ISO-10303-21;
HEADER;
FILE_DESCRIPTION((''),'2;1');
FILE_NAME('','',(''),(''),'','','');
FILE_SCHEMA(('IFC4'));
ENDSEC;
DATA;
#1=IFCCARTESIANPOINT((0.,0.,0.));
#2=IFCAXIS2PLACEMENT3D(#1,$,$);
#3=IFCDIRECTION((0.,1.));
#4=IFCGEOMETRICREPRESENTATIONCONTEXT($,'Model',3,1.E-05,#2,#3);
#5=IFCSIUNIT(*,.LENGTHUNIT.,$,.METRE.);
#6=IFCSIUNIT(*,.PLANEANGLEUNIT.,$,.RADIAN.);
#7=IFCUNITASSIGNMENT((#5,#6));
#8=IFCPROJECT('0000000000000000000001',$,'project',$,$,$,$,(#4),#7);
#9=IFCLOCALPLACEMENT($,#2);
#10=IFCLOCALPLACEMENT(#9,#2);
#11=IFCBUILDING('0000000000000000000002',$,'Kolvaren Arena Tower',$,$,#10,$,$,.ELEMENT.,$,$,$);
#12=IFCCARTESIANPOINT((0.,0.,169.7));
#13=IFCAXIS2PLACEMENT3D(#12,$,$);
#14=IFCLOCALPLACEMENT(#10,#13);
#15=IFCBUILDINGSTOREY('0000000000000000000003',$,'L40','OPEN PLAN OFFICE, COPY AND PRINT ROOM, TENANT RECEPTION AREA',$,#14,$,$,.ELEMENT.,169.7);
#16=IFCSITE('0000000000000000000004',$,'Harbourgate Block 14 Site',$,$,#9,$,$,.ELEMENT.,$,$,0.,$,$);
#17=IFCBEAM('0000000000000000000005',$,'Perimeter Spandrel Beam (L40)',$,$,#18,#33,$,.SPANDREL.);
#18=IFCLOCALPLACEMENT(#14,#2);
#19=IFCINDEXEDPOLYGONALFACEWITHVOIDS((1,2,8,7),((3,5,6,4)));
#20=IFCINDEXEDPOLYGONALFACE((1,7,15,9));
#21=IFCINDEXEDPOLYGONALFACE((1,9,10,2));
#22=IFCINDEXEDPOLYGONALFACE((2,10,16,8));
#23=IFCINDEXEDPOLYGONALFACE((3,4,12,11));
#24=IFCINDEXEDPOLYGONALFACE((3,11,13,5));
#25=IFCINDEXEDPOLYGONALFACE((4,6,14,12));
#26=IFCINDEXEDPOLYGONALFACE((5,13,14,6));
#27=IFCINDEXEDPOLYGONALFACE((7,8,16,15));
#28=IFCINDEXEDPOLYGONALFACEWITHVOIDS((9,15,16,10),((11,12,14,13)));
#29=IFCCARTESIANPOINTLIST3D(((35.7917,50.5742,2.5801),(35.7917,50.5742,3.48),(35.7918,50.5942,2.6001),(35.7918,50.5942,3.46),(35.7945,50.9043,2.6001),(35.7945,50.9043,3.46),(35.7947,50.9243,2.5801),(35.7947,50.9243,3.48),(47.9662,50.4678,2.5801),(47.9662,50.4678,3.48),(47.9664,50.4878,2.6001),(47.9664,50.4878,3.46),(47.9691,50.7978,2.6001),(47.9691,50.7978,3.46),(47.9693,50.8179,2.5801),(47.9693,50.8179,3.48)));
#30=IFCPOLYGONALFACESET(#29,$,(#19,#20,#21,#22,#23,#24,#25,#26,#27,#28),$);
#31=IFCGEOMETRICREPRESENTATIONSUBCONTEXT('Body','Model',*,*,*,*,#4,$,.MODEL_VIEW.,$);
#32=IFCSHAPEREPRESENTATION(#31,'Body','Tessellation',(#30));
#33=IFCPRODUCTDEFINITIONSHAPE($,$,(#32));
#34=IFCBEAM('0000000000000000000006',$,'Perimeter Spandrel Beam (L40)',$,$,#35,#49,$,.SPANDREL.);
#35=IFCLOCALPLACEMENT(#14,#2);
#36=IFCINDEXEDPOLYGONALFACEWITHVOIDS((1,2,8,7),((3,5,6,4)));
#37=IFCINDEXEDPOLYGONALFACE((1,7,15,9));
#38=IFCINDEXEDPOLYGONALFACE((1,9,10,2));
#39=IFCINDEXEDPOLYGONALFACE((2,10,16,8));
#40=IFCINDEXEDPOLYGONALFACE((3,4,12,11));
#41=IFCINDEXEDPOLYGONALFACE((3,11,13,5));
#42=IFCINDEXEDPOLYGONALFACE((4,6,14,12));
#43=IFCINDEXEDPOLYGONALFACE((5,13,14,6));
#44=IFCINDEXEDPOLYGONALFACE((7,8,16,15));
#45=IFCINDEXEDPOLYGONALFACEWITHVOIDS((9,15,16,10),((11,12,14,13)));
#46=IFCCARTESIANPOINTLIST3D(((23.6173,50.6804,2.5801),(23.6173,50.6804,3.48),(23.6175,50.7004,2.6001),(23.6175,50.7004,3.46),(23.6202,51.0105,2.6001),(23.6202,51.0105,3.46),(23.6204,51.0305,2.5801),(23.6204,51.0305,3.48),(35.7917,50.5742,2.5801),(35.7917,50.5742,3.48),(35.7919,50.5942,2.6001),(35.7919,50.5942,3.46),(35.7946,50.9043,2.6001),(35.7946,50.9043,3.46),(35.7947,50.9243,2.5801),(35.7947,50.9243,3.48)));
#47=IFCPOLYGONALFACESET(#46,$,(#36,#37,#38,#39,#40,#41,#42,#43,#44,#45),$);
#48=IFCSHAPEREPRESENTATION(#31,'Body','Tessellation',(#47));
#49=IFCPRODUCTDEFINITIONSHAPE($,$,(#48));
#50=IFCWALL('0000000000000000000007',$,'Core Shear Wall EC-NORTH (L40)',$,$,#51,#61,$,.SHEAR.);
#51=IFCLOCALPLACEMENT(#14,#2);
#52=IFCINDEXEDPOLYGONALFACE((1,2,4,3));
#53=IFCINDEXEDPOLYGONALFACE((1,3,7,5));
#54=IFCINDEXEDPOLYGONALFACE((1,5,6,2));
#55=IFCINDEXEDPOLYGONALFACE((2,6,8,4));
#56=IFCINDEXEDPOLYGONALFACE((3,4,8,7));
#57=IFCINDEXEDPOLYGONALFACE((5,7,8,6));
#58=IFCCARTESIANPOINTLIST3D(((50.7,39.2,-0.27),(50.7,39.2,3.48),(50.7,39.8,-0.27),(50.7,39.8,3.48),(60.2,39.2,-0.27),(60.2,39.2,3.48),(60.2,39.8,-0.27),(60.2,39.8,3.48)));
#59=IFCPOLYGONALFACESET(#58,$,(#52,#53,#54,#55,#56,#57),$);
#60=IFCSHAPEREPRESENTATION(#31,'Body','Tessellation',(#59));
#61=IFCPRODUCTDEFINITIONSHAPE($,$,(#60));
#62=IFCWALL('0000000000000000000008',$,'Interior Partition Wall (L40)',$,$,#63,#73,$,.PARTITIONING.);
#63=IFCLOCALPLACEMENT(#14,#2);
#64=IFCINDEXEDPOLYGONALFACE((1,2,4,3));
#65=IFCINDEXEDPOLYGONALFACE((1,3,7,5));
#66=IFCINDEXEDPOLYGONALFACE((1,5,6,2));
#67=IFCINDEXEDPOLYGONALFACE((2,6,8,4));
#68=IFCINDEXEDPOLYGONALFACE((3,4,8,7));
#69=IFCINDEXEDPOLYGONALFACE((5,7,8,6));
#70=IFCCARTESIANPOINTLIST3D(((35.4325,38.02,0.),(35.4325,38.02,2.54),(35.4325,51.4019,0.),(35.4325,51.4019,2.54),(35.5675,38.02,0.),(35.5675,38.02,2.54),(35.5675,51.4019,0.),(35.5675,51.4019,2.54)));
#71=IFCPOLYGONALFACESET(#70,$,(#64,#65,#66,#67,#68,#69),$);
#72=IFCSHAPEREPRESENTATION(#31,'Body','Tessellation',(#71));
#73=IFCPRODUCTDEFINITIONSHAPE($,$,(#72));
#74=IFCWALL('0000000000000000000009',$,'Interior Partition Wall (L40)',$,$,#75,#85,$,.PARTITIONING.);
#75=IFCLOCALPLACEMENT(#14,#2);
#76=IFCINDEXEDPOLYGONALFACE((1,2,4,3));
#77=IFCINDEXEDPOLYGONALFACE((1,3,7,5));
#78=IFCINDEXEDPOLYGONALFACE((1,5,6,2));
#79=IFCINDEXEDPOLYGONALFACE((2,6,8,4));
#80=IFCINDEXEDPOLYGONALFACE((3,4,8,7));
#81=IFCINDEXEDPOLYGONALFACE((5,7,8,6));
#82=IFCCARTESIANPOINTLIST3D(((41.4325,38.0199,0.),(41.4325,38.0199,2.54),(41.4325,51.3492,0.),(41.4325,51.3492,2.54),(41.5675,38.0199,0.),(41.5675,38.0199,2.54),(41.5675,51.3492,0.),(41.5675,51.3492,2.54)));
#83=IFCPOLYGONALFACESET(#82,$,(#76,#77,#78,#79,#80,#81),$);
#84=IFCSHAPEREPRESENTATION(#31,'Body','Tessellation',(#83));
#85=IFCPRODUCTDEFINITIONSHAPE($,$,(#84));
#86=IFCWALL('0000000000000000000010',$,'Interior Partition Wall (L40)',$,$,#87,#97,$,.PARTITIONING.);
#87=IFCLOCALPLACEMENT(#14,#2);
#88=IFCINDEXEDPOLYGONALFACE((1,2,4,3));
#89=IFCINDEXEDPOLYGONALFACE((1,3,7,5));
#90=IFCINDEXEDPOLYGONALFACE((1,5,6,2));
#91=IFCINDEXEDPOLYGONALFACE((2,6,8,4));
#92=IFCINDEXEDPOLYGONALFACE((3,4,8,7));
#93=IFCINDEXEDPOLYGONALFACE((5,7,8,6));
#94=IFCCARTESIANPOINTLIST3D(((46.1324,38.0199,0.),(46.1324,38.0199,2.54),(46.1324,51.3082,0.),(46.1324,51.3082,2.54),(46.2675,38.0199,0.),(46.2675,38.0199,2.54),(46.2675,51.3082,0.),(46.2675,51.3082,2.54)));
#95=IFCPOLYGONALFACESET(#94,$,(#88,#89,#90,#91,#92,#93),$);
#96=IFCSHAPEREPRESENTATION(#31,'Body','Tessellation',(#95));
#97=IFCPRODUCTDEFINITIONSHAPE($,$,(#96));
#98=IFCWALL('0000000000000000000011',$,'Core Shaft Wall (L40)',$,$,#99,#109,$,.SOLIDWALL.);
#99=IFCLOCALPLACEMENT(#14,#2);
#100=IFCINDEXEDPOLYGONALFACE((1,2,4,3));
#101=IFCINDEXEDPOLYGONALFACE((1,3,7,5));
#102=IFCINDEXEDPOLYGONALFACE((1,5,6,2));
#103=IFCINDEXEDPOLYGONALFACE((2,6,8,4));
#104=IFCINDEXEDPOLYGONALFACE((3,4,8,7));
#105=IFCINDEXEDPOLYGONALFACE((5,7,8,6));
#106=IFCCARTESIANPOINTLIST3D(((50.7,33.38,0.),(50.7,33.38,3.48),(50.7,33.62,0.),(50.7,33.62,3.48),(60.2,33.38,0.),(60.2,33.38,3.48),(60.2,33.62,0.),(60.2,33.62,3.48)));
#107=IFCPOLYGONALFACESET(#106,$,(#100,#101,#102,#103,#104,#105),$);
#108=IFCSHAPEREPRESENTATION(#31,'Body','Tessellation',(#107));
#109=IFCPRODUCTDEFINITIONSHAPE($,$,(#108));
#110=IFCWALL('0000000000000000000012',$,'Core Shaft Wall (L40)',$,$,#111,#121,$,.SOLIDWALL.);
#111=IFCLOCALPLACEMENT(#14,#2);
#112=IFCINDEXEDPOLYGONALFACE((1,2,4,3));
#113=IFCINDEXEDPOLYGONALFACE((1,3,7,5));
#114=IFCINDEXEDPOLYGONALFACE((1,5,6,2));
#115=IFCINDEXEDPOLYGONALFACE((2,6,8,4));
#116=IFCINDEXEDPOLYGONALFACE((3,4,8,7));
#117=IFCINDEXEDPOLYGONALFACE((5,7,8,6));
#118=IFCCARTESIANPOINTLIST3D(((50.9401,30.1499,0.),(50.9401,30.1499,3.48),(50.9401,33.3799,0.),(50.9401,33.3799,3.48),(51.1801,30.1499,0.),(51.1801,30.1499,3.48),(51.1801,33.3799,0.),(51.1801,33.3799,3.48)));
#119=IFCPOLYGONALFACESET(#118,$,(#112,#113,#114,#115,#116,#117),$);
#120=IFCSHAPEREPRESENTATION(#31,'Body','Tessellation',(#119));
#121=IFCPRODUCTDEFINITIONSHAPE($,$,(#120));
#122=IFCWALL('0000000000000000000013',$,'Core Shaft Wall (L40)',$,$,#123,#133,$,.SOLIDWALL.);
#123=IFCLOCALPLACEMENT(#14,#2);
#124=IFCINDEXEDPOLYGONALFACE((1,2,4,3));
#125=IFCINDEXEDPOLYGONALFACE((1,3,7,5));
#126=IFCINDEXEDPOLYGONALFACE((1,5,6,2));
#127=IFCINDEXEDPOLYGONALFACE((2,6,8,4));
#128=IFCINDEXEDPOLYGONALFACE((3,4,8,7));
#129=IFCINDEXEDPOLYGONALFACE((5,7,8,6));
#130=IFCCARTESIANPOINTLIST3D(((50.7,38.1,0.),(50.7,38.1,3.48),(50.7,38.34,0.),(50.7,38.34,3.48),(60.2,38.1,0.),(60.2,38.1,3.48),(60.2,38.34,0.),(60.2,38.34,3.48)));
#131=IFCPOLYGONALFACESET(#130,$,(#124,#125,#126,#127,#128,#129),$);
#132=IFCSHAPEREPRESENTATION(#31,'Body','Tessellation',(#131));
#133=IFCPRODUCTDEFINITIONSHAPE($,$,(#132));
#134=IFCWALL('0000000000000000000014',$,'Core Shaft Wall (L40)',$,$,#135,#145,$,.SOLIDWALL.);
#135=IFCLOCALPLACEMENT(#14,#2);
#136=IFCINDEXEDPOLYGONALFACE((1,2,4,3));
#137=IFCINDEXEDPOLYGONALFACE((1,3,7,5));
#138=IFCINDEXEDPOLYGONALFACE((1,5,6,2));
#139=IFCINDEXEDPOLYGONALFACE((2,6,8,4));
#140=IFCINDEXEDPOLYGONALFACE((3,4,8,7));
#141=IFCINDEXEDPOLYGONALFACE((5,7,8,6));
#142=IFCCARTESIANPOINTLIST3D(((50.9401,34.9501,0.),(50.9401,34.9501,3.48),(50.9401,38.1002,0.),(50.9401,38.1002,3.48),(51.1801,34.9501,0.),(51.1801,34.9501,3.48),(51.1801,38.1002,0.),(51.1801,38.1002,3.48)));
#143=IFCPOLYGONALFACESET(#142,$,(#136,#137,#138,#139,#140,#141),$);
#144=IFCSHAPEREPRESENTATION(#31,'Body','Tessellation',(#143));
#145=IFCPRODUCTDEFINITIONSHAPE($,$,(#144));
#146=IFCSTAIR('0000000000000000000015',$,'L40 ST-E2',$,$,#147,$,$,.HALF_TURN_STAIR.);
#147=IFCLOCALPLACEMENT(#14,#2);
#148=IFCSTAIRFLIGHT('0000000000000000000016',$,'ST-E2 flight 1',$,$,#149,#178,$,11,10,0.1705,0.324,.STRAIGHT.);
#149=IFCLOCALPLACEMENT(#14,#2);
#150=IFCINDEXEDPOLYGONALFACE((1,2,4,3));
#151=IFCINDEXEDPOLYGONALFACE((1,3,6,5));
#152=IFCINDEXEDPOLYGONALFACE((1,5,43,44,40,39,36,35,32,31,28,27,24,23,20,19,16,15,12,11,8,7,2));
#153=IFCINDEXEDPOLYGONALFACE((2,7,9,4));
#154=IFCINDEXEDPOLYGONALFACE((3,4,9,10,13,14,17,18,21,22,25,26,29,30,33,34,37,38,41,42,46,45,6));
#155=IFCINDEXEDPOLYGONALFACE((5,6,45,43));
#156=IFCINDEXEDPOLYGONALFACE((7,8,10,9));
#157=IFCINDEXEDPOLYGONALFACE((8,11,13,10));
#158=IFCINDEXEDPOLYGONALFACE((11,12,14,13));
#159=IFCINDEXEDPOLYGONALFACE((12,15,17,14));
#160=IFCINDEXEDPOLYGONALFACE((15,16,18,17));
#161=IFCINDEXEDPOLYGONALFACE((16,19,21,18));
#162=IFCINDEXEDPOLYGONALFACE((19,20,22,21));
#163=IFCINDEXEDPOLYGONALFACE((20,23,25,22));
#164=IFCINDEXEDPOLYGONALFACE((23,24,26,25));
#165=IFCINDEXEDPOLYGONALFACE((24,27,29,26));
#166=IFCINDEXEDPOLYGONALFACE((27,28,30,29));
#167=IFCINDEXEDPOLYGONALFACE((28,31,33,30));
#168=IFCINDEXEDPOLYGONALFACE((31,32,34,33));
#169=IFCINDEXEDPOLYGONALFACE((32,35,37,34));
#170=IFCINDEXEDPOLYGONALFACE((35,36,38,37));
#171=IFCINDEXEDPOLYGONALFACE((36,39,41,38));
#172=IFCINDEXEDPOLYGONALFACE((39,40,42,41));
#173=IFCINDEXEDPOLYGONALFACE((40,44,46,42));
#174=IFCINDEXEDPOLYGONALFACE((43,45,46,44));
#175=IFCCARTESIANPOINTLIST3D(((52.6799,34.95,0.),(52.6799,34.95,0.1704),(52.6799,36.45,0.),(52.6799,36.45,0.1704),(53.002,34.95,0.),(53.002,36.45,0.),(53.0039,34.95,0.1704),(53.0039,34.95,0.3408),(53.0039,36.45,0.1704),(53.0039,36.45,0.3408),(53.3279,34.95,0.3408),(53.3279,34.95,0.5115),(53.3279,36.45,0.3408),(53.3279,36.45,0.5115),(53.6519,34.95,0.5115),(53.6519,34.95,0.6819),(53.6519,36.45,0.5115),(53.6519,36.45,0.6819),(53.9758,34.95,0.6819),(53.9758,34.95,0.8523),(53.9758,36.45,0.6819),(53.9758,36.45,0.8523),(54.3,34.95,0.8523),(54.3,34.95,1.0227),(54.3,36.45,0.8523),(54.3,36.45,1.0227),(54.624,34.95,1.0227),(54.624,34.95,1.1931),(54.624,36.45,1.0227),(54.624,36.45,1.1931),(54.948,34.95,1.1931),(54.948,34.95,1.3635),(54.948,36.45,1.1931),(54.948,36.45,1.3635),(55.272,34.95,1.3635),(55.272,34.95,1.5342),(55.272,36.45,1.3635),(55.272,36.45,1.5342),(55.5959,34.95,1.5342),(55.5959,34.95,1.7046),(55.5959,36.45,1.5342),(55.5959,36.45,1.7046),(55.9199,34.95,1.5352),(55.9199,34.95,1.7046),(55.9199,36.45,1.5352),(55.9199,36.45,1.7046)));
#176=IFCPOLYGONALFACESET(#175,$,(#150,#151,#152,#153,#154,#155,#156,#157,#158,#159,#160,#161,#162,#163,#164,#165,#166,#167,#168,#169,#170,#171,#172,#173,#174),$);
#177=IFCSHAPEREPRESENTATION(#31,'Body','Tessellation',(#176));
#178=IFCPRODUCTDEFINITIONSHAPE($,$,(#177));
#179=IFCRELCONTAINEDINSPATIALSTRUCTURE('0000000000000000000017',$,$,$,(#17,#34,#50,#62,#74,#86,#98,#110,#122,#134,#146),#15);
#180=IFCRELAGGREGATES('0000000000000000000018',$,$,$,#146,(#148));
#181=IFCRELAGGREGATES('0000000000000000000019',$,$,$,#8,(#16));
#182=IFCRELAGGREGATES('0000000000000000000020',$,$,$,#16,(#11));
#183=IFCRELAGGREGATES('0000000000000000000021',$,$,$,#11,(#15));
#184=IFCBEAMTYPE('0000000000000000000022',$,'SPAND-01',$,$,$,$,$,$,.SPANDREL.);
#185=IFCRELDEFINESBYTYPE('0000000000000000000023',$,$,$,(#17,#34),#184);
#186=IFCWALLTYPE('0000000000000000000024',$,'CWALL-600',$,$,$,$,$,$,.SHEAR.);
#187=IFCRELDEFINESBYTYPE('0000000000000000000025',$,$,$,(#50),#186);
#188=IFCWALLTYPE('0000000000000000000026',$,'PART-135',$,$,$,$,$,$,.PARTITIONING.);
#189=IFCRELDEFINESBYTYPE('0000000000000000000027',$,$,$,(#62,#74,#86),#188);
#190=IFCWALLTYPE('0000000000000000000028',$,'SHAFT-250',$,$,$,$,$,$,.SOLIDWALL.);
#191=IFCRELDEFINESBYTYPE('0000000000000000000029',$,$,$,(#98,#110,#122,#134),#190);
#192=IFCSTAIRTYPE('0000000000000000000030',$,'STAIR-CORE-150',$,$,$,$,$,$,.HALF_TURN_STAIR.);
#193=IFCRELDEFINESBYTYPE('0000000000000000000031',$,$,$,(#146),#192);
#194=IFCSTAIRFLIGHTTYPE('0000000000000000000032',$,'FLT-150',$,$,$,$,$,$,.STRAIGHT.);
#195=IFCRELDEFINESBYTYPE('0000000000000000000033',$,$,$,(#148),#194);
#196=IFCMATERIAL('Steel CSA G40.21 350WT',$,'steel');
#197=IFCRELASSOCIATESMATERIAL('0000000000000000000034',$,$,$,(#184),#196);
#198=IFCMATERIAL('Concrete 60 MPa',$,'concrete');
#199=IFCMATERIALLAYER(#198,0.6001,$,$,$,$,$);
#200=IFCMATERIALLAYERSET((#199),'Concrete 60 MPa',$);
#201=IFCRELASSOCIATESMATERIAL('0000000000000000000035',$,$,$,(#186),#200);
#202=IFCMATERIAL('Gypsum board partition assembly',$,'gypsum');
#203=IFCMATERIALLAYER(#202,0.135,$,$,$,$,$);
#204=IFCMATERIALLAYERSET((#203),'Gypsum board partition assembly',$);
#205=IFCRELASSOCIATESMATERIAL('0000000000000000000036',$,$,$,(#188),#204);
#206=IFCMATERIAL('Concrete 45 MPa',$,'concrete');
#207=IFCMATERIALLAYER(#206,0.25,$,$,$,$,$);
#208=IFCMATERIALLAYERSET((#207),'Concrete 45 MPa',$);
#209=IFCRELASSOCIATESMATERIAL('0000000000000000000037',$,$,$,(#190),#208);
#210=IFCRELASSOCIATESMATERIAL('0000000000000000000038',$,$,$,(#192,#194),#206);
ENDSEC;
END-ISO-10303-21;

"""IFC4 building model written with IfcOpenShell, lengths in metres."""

from ifc_helpers import new_model, si_unit, direction, frame, frame_2d, origin, origin_2d, place, context, subcontext, project, spatial, polyline, rectangle, hollow_rectangle, outline, extrude, material, layer, layer_set, material_profile, profile_set, type_object, element, aggregate, save


model = new_model("IFC4")

# Units and contexts
model_context = context("Model", 3, precision=1e-05, world=origin(), true_north=direction((0.0, 1.0)))
body_context = subcontext(model_context, "Body", "Model", "MODEL_VIEW")
ifc_project = project(units=[si_unit("LENGTHUNIT", "METRE"), si_unit("PLANEANGLEUNIT", "RADIAN")], contexts=[model_context])

# Site, building, storey
site_placement = place(None, origin())
site = spatial("IfcSite", under=ifc_project, at=site_placement, Name="Harbourgate Block 14 Site", CompositionType="ELEMENT", RefElevation=0.0)
building_placement = place(site_placement, origin())
building = spatial("IfcBuilding", under=site, at=building_placement, Name="Kolvaren Arena Tower", CompositionType="ELEMENT")
storey_placement = place(building_placement, frame((0.0, 0.0, 169.7)))
storey = spatial("IfcBuildingStorey", under=building, at=storey_placement, Name="L40", Description="OPEN PLAN OFFICE, COPY AND PRINT ROOM, TENANT RECEPTION AREA", CompositionType="ELEMENT", Elevation=169.7)

# Beams
ifc_material_1 = material(Name="Concrete 60 MPa", Category="concrete")
ifc_material_2 = material(Name="Steel CSA G40.21 350WT", Category="steel")
ifc_material_profile_1 = material_profile(ifc_material_2, hollow_rectangle(XDim=0.3501, YDim=0.8999, WallThickness=0.02, at=origin_2d()), Name="HSS 900x350x20")
ifc_profile_set_1 = profile_set([ifc_material_profile_1], Name="Steel CSA G40.21 350WT")
beam_type_1 = type_object("IfcBeamType", Name="SPAND-01", PredefinedType="SPANDREL", material=ifc_profile_set_1)
beam_1_placement = place(storey_placement, frame((47.9678, 50.6428, 3.03), z_axis=(-0.999962, 0.008743, 0.0), x_axis=(-0.008743, -0.999962, 0.0)))
element("IfcBeam", 1, at=beam_1_placement, inside=storey, type_object=beam_type_1, Name="Perimeter Spandrel Beam (L40)", PredefinedType="SPANDREL", context=body_context, shape_type="SweptSolid", body=[
    extrude(hollow_rectangle(XDim=0.3501, YDim=0.8999, WallThickness=0.02, at=origin_2d()), origin(), (0.0, 0.0, 1.0), 12.175),
])
beam_2_placement = place(storey_placement, frame((35.7932, 50.7493, 3.03), z_axis=(-0.999962, 0.008723, 0.0), x_axis=(-0.008723, -0.999962, 0.0)))
element("IfcBeam", 2, at=beam_2_placement, inside=storey, type_object=beam_type_1, Name="Perimeter Spandrel Beam (L40)", PredefinedType="SPANDREL", context=body_context, shape_type="SweptSolid", body=[
    extrude(hollow_rectangle(XDim=0.3501, YDim=0.8999, WallThickness=0.02, at=origin_2d()), origin(), (0.0, 0.0, 1.0), 12.1748),
])

# Walls
ifc_layer_1 = layer(ifc_material_1, 0.6001)
ifc_layer_set_1 = layer_set([ifc_layer_1], Name="Concrete 60 MPa")
wall_type_1 = type_object("IfcWallType", Name="CWALL-600", PredefinedType="SHEAR", material=ifc_layer_set_1)
wall_1_placement = place(storey_placement, frame((50.7, 39.5, -0.27), z_axis=(0.0, 0.0, 1.0), x_axis=(1.0, 0.0, 0.0)))
element("IfcWall", 3, at=wall_1_placement, inside=storey, type_object=wall_type_1, Name="Core Shear Wall EC-NORTH (L40)", PredefinedType="SHEAR", context=body_context, shape_type="SweptSolid", body=[
    extrude(rectangle(XDim=9.5, YDim=0.6001, at=frame_2d((4.75, 0.0))), origin(), (0.0, 0.0, 1.0), 3.75),
])
ifc_material_3 = material(Name="Gypsum board partition assembly", Category="gypsum")
ifc_layer_2 = layer(ifc_material_3, 0.135)
ifc_layer_set_2 = layer_set([ifc_layer_2], Name="Gypsum board partition assembly")
wall_type_2 = type_object("IfcWallType", Name="PART-135", PredefinedType="PARTITIONING", material=ifc_layer_set_2)
wall_2_placement = place(storey_placement, frame((35.5, 38.02, 0.0), z_axis=(0.0, 0.0, 1.0), x_axis=(0.0, 1.0, 0.0)))
element("IfcWall", 4, at=wall_2_placement, inside=storey, type_object=wall_type_2, Name="Interior Partition Wall (L40)", PredefinedType="PARTITIONING", context=body_context, shape_type="SweptSolid", body=[
    extrude(rectangle(XDim=13.3818, YDim=0.135, at=frame_2d((6.6909, 0.0))), origin(), (0.0, 0.0, 1.0), 2.54),
])
wall_3_placement = place(storey_placement, frame((41.5, 38.02, 0.0), z_axis=(0.0, 0.0, 1.0), x_axis=(0.0, 1.0, 0.0)))
element("IfcWall", 5, at=wall_3_placement, inside=storey, type_object=wall_type_2, Name="Interior Partition Wall (L40)", PredefinedType="PARTITIONING", context=body_context, shape_type="SweptSolid", body=[
    extrude(rectangle(XDim=13.3293, YDim=0.135, at=frame_2d((6.6646, 0.0))), origin(), (0.0, 0.0, 1.0), 2.54),
])
wall_4_placement = place(storey_placement, frame((46.2, 38.02, 0.0), z_axis=(0.0, 0.0, 1.0), x_axis=(0.0, 1.0, 0.0)))
element("IfcWall", 6, at=wall_4_placement, inside=storey, type_object=wall_type_2, Name="Interior Partition Wall (L40)", PredefinedType="PARTITIONING", context=body_context, shape_type="SweptSolid", body=[
    extrude(rectangle(XDim=13.2883, YDim=0.135, at=frame_2d((6.644, 0.0))), origin(), (0.0, 0.0, 1.0), 2.54),
])
ifc_material_4 = material(Name="Concrete 45 MPa", Category="concrete")
ifc_layer_3 = layer(ifc_material_4, 0.25)
ifc_layer_set_3 = layer_set([ifc_layer_3], Name="Concrete 45 MPa")
wall_type_3 = type_object("IfcWallType", Name="SHAFT-250", PredefinedType="SOLIDWALL", material=ifc_layer_set_3)
wall_5_placement = place(storey_placement, frame((50.7, 33.5, 0.0), z_axis=(0.0, 0.0, 1.0), x_axis=(1.0, 0.0, 0.0)))
element("IfcWall", 7, at=wall_5_placement, inside=storey, type_object=wall_type_3, Name="Core Shaft Wall (L40)", PredefinedType="SOLIDWALL", context=body_context, shape_type="SweptSolid", body=[
    extrude(rectangle(XDim=9.5, YDim=0.24, at=frame_2d((4.75, 0.0))), origin(), (0.0, 0.0, 1.0), 3.48),
])
wall_6_placement = place(storey_placement, frame((51.0601, 30.1499, 0.0), z_axis=(0.0, 0.0, 1.0), x_axis=(0.0, 1.0, 0.0)))
element("IfcWall", 8, at=wall_6_placement, inside=storey, type_object=wall_type_3, Name="Core Shaft Wall (L40)", PredefinedType="SOLIDWALL", context=body_context, shape_type="SweptSolid", body=[
    extrude(rectangle(XDim=3.23, YDim=0.24, at=frame_2d((1.615, 0.0))), origin(), (0.0, 0.0, 1.0), 3.48),
])
wall_7_placement = place(storey_placement, frame((50.7, 38.22, 0.0), z_axis=(0.0, 0.0, 1.0), x_axis=(1.0, 0.0, 0.0)))
element("IfcWall", 9, at=wall_7_placement, inside=storey, type_object=wall_type_3, Name="Core Shaft Wall (L40)", PredefinedType="SOLIDWALL", context=body_context, shape_type="SweptSolid", body=[
    extrude(rectangle(XDim=9.5, YDim=0.24, at=frame_2d((4.75, 0.0))), origin(), (0.0, 0.0, 1.0), 3.48),
])
wall_8_placement = place(storey_placement, frame((51.0601, 34.95, 0.0), z_axis=(0.0, 0.0, 1.0), x_axis=(0.0, 1.0, 0.0)))
element("IfcWall", 10, at=wall_8_placement, inside=storey, type_object=wall_type_3, Name="Core Shaft Wall (L40)", PredefinedType="SOLIDWALL", context=body_context, shape_type="SweptSolid", body=[
    extrude(rectangle(XDim=3.1501, YDim=0.24, at=frame_2d((1.5752, 0.0))), origin(), (0.0, 0.0, 1.0), 3.48),
])

# Stair, stair flight
stair_type = type_object("IfcStairType", Name="STAIR-CORE-150", PredefinedType="HALF_TURN_STAIR", material=ifc_material_4)
stair_placement = place(storey_placement, origin())
stair = element("IfcStair", 11, at=stair_placement, inside=storey, type_object=stair_type, Name="L40 ST-E2", PredefinedType="HALF_TURN_STAIR")
stair_flight_type = type_object("IfcStairFlightType", Name="FLT-150", PredefinedType="STRAIGHT", material=ifc_material_4)
stair_flight_placement = place(storey_placement, frame((52.6799, 35.7, 0.0), z_axis=(0.0, 0.0, 1.0), x_axis=(1.0, 0.0, 0.0)))
stair_flight = element("IfcStairFlight", 12, at=stair_flight_placement, type_object=stair_flight_type, Name="ST-E2 flight 1", NumberOfRisers=11, NumberOfTreads=10, PredefinedType="STRAIGHT", RiserHeight=0.1705, TreadLength=0.324, context=body_context, shape_type="SweptSolid", body=[
    extrude(outline(polyline([(0.0, 0.0), (0.0, 0.1704), (0.324, 0.1704), (0.324, 0.3408), (0.6479, 0.3408), (0.6479, 0.5115), (0.9719, 0.5115), (0.9719, 0.6819), (1.2959, 0.6819), (1.2959, 0.8523), (1.6201, 0.8523), (1.6201, 1.0227), (1.9441, 1.0227), (1.9441, 1.1931), (2.2681, 1.1931), (2.2681, 1.3635), (2.592, 1.3635), (2.592, 1.5342), (2.916, 1.5342), (2.916, 1.7046), (3.24, 1.7046), (3.24, 1.875), (3.24, 1.5352), (0.322, 0.0), (0.0, 0.0)])), frame((0.0, 0.75, 0.0), z_axis=(0.0, -1.0, 0.0), x_axis=(1.0, 0.0, 0.0)), (0.0, 0.0, 1.0), 1.5),
])
aggregate(stair, [stair_flight])

save(model, "model.ifc")
